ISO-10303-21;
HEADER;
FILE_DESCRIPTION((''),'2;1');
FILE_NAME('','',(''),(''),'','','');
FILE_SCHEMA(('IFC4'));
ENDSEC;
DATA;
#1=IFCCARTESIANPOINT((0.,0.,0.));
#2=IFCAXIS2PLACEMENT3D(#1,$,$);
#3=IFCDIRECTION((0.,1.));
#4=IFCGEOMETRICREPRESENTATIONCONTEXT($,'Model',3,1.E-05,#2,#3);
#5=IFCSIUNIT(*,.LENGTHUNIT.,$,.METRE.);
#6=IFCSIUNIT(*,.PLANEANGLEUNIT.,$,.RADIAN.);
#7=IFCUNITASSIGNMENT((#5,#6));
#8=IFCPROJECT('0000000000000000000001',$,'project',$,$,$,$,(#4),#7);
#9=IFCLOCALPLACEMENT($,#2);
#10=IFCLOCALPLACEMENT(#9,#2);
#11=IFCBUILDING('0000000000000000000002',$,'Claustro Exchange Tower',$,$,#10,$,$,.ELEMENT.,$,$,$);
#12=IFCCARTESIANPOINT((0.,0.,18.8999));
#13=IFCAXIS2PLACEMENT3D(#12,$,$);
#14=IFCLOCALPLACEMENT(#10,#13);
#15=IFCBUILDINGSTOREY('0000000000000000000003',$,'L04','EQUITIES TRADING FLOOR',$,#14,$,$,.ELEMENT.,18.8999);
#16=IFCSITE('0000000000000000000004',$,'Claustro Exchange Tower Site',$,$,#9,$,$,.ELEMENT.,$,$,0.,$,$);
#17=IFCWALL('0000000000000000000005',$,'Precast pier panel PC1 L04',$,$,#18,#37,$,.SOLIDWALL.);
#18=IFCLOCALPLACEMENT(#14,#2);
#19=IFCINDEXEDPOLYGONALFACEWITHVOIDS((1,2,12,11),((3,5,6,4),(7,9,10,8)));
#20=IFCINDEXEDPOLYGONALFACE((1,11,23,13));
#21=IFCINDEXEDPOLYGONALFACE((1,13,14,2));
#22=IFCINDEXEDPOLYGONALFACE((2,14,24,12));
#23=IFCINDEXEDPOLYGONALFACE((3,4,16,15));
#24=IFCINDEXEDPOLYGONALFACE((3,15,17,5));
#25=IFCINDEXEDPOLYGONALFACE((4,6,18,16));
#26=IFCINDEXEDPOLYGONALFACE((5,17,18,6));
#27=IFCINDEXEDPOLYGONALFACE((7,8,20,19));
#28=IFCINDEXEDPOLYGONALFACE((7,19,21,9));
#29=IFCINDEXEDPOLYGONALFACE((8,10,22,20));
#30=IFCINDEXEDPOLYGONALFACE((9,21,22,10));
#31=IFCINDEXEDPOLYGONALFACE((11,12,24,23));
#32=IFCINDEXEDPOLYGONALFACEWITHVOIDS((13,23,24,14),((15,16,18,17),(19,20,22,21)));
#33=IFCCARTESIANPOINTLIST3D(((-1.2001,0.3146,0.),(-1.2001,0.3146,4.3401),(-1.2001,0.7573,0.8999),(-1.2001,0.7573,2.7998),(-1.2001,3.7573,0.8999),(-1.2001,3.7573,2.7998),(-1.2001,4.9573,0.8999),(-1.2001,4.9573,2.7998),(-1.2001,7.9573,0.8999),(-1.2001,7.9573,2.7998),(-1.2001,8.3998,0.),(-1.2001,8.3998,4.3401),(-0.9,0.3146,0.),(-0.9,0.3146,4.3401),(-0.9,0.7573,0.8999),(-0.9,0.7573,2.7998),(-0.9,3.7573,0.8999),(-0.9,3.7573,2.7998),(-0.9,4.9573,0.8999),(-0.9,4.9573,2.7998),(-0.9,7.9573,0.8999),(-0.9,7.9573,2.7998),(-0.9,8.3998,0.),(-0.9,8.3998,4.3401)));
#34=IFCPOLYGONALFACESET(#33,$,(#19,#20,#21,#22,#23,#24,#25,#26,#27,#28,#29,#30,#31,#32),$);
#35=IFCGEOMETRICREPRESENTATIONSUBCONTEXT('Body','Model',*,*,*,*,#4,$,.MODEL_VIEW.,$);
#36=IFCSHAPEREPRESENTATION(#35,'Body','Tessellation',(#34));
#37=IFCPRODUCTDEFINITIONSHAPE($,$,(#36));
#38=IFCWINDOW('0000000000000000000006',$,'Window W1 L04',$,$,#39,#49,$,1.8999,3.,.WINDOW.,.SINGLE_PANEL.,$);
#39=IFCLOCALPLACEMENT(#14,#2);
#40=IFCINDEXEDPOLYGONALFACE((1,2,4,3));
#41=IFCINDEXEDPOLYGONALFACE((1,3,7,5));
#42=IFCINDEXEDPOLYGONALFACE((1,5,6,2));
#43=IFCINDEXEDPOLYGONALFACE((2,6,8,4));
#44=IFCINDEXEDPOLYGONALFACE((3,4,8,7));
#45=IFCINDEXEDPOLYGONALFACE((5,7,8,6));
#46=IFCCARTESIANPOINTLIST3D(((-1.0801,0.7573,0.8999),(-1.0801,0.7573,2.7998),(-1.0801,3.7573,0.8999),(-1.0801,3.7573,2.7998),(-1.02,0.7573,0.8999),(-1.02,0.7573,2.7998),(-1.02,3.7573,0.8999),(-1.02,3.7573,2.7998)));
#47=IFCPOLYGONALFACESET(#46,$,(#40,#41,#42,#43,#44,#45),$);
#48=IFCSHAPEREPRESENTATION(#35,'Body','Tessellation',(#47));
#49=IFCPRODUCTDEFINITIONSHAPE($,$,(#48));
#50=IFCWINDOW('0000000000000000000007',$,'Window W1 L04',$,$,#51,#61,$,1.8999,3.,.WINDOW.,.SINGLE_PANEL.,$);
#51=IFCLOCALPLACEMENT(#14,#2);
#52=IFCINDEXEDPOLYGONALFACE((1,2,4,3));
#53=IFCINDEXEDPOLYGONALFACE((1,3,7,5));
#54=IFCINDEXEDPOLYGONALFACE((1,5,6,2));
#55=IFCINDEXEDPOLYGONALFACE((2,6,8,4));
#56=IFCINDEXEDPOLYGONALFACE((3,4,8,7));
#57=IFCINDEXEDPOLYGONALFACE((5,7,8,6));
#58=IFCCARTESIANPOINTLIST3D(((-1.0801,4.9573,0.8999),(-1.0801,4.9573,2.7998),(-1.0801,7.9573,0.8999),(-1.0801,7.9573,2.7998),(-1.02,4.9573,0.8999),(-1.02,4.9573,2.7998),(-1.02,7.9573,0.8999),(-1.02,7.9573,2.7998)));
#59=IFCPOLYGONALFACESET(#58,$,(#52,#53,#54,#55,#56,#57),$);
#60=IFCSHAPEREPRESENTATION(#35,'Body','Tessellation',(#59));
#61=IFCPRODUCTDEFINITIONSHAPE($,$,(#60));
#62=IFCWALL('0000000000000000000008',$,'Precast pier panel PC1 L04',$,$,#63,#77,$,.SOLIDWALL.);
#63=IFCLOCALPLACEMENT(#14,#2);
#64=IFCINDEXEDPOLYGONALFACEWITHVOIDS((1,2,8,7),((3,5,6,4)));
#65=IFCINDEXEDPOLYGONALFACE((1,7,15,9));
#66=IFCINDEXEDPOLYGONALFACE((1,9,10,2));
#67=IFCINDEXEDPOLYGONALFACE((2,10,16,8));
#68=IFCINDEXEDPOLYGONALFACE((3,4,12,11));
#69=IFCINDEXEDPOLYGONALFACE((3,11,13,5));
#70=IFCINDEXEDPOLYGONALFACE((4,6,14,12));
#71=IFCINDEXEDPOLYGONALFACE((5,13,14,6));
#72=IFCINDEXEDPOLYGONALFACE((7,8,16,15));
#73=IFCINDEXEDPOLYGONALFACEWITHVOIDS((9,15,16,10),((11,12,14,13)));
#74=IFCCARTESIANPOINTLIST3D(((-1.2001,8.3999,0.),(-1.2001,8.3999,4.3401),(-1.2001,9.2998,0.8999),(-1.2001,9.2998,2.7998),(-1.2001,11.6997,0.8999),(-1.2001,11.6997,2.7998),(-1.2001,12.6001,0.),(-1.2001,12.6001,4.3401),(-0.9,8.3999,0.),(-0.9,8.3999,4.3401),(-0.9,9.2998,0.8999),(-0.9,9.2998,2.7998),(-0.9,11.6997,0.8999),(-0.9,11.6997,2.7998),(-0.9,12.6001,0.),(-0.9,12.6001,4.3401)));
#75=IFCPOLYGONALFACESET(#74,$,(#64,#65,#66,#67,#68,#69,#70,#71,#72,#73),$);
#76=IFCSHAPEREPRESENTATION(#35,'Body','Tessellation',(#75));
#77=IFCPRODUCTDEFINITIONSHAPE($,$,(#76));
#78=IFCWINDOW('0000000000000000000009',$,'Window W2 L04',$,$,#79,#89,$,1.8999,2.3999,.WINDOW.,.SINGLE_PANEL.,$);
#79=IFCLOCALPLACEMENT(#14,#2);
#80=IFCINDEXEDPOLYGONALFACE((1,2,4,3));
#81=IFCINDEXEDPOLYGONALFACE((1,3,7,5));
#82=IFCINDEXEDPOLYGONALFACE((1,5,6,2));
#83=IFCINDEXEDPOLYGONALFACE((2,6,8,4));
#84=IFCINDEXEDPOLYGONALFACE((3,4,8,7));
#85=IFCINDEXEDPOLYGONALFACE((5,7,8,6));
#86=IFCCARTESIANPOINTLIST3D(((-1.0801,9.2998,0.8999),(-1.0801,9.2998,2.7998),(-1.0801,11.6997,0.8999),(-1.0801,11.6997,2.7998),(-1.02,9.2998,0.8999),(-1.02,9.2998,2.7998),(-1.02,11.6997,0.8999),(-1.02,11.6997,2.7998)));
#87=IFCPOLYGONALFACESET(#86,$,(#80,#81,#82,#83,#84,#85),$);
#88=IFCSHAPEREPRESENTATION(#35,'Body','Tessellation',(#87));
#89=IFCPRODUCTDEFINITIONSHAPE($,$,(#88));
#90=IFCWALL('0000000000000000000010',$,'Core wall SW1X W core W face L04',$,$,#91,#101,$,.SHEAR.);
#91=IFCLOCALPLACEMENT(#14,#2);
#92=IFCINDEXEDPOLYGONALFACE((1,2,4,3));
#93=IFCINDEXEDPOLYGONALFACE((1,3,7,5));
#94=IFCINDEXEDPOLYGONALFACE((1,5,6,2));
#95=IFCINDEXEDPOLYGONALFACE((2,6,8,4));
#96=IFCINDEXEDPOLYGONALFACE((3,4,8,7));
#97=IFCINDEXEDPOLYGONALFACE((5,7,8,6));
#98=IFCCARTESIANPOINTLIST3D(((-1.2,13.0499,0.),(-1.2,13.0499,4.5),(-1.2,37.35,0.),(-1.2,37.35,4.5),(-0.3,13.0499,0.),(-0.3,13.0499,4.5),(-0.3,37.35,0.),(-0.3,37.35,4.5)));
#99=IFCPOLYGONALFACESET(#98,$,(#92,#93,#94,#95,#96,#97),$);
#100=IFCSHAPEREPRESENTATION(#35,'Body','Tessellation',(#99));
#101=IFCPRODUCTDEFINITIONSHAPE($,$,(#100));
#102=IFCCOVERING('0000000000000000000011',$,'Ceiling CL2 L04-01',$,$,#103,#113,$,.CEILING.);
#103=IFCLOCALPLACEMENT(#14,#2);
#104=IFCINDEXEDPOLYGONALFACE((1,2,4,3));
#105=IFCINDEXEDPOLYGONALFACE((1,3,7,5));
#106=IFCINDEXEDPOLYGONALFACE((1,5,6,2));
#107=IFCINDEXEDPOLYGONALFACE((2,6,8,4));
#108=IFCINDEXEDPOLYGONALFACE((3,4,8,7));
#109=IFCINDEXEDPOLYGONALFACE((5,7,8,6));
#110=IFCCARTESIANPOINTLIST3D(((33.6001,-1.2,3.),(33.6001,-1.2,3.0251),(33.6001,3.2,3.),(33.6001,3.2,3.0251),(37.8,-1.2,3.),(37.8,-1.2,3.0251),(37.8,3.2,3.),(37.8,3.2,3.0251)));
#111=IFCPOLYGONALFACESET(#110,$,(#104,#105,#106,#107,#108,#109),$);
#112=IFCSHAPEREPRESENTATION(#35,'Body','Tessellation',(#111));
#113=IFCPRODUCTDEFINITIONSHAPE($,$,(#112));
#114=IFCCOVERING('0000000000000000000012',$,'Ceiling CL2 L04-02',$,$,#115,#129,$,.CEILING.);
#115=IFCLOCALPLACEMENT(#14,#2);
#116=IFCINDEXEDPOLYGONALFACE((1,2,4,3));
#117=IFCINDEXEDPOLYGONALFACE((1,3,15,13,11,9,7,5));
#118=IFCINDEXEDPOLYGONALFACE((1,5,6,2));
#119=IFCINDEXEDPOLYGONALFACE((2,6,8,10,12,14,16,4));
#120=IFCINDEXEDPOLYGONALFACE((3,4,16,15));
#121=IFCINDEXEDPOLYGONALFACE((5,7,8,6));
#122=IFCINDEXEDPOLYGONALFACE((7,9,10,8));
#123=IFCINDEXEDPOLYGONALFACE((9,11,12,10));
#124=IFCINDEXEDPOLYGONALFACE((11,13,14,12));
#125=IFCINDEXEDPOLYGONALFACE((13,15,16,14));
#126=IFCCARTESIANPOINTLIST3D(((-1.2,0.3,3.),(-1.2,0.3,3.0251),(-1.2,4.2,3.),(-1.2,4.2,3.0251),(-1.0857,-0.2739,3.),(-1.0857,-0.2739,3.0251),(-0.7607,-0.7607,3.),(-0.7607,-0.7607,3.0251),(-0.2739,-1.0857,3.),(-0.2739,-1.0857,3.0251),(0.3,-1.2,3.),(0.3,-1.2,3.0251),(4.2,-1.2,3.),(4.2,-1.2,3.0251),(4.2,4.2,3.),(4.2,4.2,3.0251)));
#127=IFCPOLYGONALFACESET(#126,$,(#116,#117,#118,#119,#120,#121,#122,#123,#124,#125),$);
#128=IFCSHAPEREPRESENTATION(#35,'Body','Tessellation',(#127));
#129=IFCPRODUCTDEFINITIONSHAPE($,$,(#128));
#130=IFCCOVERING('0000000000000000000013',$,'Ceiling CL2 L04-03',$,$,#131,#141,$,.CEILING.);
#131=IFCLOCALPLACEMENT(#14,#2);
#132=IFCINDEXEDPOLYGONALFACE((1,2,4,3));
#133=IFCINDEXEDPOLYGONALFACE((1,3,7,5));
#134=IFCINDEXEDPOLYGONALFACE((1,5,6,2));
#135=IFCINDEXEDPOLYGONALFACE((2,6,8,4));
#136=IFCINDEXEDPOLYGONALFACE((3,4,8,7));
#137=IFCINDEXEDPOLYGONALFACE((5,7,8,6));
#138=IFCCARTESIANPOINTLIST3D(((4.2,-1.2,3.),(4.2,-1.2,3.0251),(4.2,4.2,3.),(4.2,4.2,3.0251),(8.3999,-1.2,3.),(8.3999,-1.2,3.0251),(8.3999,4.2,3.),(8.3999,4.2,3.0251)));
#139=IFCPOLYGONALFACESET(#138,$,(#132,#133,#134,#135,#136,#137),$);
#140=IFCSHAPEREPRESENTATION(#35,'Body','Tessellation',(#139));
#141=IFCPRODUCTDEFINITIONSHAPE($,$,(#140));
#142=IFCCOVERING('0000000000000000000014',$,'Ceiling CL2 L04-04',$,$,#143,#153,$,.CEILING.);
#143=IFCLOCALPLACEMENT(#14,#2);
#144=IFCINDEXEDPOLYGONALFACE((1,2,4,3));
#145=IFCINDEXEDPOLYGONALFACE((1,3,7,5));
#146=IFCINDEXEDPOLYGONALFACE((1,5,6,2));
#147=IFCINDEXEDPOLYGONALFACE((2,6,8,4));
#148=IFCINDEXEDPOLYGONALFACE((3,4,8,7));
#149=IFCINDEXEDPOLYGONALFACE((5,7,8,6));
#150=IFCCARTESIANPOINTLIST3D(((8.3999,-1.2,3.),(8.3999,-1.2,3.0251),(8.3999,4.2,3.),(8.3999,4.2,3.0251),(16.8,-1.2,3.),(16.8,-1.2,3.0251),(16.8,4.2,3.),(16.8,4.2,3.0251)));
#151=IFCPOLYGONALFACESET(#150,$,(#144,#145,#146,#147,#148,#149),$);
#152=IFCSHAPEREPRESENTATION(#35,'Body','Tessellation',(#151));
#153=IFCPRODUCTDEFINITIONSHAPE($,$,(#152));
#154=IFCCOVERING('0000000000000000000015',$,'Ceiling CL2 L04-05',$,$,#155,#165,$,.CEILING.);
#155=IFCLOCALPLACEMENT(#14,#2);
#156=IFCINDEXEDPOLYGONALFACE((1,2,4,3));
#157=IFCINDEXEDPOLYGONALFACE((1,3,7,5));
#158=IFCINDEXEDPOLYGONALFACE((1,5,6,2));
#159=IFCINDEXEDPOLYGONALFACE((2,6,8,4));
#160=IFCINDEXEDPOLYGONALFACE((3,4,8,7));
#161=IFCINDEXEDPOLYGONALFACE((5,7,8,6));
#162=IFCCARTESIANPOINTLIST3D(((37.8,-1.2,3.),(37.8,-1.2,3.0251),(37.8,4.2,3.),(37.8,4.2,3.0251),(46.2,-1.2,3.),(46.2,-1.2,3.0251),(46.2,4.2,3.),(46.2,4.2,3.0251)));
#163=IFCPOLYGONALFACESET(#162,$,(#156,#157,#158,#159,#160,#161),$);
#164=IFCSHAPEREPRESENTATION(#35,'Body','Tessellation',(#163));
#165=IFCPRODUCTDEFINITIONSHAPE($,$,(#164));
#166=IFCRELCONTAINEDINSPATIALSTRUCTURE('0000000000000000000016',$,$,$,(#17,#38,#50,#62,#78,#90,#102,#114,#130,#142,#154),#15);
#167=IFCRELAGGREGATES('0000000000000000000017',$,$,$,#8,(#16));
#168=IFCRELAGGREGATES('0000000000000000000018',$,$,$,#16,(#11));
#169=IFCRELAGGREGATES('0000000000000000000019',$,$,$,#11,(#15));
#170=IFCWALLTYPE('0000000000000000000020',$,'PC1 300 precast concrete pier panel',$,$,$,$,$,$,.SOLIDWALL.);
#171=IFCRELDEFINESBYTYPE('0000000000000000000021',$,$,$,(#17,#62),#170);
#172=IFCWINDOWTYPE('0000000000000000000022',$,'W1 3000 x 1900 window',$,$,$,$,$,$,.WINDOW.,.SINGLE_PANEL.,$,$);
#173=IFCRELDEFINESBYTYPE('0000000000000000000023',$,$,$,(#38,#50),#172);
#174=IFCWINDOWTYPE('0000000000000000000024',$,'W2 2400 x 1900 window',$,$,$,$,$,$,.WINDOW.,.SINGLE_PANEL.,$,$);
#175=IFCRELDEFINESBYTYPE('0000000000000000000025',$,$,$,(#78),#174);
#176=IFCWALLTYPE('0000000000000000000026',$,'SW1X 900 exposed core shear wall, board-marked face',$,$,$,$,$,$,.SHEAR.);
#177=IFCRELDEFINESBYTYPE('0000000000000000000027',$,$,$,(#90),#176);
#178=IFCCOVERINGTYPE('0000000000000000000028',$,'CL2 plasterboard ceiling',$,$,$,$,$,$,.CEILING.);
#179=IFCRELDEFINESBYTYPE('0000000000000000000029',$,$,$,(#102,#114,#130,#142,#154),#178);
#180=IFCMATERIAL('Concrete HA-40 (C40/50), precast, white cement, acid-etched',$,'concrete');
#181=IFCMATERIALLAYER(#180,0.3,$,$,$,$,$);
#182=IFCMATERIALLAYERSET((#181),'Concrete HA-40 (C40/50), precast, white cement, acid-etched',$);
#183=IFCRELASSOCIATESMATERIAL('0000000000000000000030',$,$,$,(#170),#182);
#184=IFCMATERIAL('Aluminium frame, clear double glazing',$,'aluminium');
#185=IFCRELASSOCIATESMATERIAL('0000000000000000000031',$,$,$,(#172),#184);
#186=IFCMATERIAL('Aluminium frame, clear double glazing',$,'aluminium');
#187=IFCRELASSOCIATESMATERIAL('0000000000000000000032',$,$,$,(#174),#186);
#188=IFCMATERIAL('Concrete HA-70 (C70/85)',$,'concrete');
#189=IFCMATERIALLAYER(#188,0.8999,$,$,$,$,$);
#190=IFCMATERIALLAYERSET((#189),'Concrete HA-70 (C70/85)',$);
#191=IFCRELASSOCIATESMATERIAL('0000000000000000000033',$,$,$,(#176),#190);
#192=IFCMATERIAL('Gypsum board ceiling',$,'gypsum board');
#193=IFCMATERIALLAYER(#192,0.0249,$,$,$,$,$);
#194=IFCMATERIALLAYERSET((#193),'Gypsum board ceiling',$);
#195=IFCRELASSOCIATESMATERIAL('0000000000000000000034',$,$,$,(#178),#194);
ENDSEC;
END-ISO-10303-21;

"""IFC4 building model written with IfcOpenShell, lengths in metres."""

from ifc_helpers import new_model, si_unit, direction, frame, frame_2d, origin, place, context, subcontext, project, spatial, polyline, rectangle, outline, extrude, material, layer, layer_set, type_object, element, fill, save


model = new_model("IFC4")

# Units and contexts
model_context = context("Model", 3, precision=1e-05, world=origin(), true_north=direction((0.0, 1.0)))
body_context = subcontext(model_context, "Body", "Model", "MODEL_VIEW")
ifc_project = project(units=[si_unit("LENGTHUNIT", "METRE"), si_unit("PLANEANGLEUNIT", "RADIAN")], contexts=[model_context])

# Site, building, storey
site_placement = place(None, origin())
site = spatial("IfcSite", under=ifc_project, at=site_placement, Name="Claustro Exchange Tower Site", CompositionType="ELEMENT", RefElevation=0.0)
building_placement = place(site_placement, origin())
building = spatial("IfcBuilding", under=site, at=building_placement, Name="Claustro Exchange Tower", CompositionType="ELEMENT")
storey_placement = place(building_placement, frame((0.0, 0.0, 18.8999)))
storey = spatial("IfcBuildingStorey", under=building, at=storey_placement, Name="L04", Description="EQUITIES TRADING FLOOR", CompositionType="ELEMENT", Elevation=18.8999)

# Wall, openings, windows
ifc_material_1 = material(Name="Concrete HA-40 (C40/50), precast, white cement, acid-etched", Category="concrete")
ifc_layer_1 = layer(ifc_material_1, 0.3)
ifc_layer_set_1 = layer_set([ifc_layer_1], Name="Concrete HA-40 (C40/50), precast, white cement, acid-etched")
wall_type_1 = type_object("IfcWallType", Name="PC1 300 precast concrete pier panel", PredefinedType="SOLIDWALL", material=ifc_layer_set_1)
wall_1_placement = place(storey_placement, frame((-1.05, 0.3147, 0.0), z_axis=(0.0, 0.0, 1.0), x_axis=(0.0, 1.0, 0.0)))
wall_1 = element("IfcWall", 1, at=wall_1_placement, inside=storey, type_object=wall_type_1, Name="Precast pier panel PC1 L04", PredefinedType="SOLIDWALL", context=body_context, shape_type="SweptSolid", body=[
    extrude(rectangle(XDim=8.0852, YDim=0.3, at=frame_2d((4.0425, 0.0))), origin(), (0.0, 0.0, 1.0), 4.3401),
])
opening_1_placement = place(wall_1_placement, frame((0.4426, 0.0, 0.8999)))
opening_1 = element("IfcOpeningElement", 2, at=opening_1_placement, cuts=wall_1, PredefinedType="OPENING", context=body_context, shape_type="SweptSolid", body=[
    extrude(rectangle(XDim=3.0, YDim=1.8999, at=frame_2d((1.5, 0.95))), frame((0.0, 0.1599, 0.0), z_axis=(0.0, -1.0, 0.0), x_axis=(1.0, 0.0, 0.0)), (0.0, 0.0, 1.0), 0.3201),
])
opening_2_placement = place(wall_1_placement, frame((4.6426, 0.0, 0.8999)))
opening_2 = element("IfcOpeningElement", 3, at=opening_2_placement, cuts=wall_1, PredefinedType="OPENING", context=body_context, shape_type="SweptSolid", body=[
    extrude(rectangle(XDim=3.0, YDim=1.8999, at=frame_2d((1.5, 0.95))), frame((0.0, 0.1599, 0.0), z_axis=(0.0, -1.0, 0.0), x_axis=(1.0, 0.0, 0.0)), (0.0, 0.0, 1.0), 0.3201),
])
ifc_material_2 = material(Name="Aluminium frame, clear double glazing", Category="aluminium")
window_type_1 = type_object("IfcWindowType", Name="W1 3000 x 1900 window", PartitioningType="SINGLE_PANEL", PredefinedType="WINDOW", material=ifc_material_2)
window_1_placement = place(opening_1_placement, origin())
window_1 = element("IfcWindow", 4, at=window_1_placement, inside=storey, type_object=window_type_1, Name="Window W1 L04", OverallHeight=1.8999, OverallWidth=3.0, PartitioningType="SINGLE_PANEL", PredefinedType="WINDOW", context=body_context, shape_type="SweptSolid", body=[
    extrude(rectangle(XDim=3.0, YDim=1.8999, at=frame_2d((1.5, 0.95))), frame((0.0, 0.03, 0.0), z_axis=(0.0, -1.0, 0.0), x_axis=(1.0, 0.0, 0.0)), (0.0, 0.0, 1.0), 0.0601),
])
fill(opening_1, window_1)
window_2_placement = place(opening_2_placement, origin())
window_2 = element("IfcWindow", 5, at=window_2_placement, inside=storey, type_object=window_type_1, Name="Window W1 L04", OverallHeight=1.8999, OverallWidth=3.0, PartitioningType="SINGLE_PANEL", PredefinedType="WINDOW", context=body_context, shape_type="SweptSolid", body=[
    extrude(rectangle(XDim=3.0, YDim=1.8999, at=frame_2d((1.5, 0.95))), frame((0.0, 0.03, 0.0), z_axis=(0.0, -1.0, 0.0), x_axis=(1.0, 0.0, 0.0)), (0.0, 0.0, 1.0), 0.0601),
])
fill(opening_2, window_2)

# Wall, opening, window
wall_2_placement = place(storey_placement, frame((-1.05, 8.3999, 0.0), z_axis=(0.0, 0.0, 1.0), x_axis=(0.0, 1.0, 0.0)))
wall_2 = element("IfcWall", 6, at=wall_2_placement, inside=storey, type_object=wall_type_1, Name="Precast pier panel PC1 L04", PredefinedType="SOLIDWALL", context=body_context, shape_type="SweptSolid", body=[
    extrude(rectangle(XDim=4.2002, YDim=0.3, at=frame_2d((2.1001, 0.0))), origin(), (0.0, 0.0, 1.0), 4.3401),
])
opening_3_placement = place(wall_2_placement, frame((0.8999, 0.0, 0.8999)))
opening_3 = element("IfcOpeningElement", 7, at=opening_3_placement, cuts=wall_2, PredefinedType="OPENING", context=body_context, shape_type="SweptSolid", body=[
    extrude(rectangle(XDim=2.3999, YDim=1.8999, at=frame_2d((1.2, 0.95))), frame((0.0, 0.1599, 0.0), z_axis=(0.0, -1.0, 0.0), x_axis=(1.0, 0.0, 0.0)), (0.0, 0.0, 1.0), 0.3201),
])
ifc_material_3 = material(Name="Aluminium frame, clear double glazing", Category="aluminium")
window_type_2 = type_object("IfcWindowType", Name="W2 2400 x 1900 window", PartitioningType="SINGLE_PANEL", PredefinedType="WINDOW", material=ifc_material_3)
window_3_placement = place(opening_3_placement, origin())
window_3 = element("IfcWindow", 8, at=window_3_placement, inside=storey, type_object=window_type_2, Name="Window W2 L04", OverallHeight=1.8999, OverallWidth=2.3999, PartitioningType="SINGLE_PANEL", PredefinedType="WINDOW", context=body_context, shape_type="SweptSolid", body=[
    extrude(rectangle(XDim=2.3999, YDim=1.8999, at=frame_2d((1.2, 0.95))), frame((0.0, 0.03, 0.0), z_axis=(0.0, -1.0, 0.0), x_axis=(1.0, 0.0, 0.0)), (0.0, 0.0, 1.0), 0.0601),
])
fill(opening_3, window_3)

# Wall
ifc_material_4 = material(Name="Concrete HA-70 (C70/85)", Category="concrete")
ifc_layer_2 = layer(ifc_material_4, 0.8999)
ifc_layer_set_2 = layer_set([ifc_layer_2], Name="Concrete HA-70 (C70/85)")
wall_type_2 = type_object("IfcWallType", Name="SW1X 900 exposed core shear wall, board-marked face", PredefinedType="SHEAR", material=ifc_layer_set_2)
wall_3_placement = place(storey_placement, frame((-0.75, 13.05, 0.0), z_axis=(0.0, 0.0, 1.0), x_axis=(0.0, 1.0, 0.0)))
element("IfcWall", 9, at=wall_3_placement, inside=storey, type_object=wall_type_2, Name="Core wall SW1X W core W face L04", PredefinedType="SHEAR", context=body_context, shape_type="SweptSolid", body=[
    extrude(rectangle(XDim=24.3, YDim=0.8999, at=frame_2d((12.1499, 0.0))), origin(), (0.0, 0.0, 1.0), 4.5),
])

# Coverings
ifc_material_5 = material(Name="Gypsum board ceiling", Category="gypsum board")
ifc_layer_3 = layer(ifc_material_5, 0.0249)
ifc_layer_set_3 = layer_set([ifc_layer_3], Name="Gypsum board ceiling")
covering_type_1 = type_object("IfcCoveringType", Name="CL2 plasterboard ceiling", PredefinedType="CEILING", material=ifc_layer_set_3)
covering_1_placement = place(storey_placement, frame((0.0, 0.0, 3.0)))
element("IfcCovering", 10, at=covering_1_placement, inside=storey, type_object=covering_type_1, Name="Ceiling CL2 L04-01", PredefinedType="CEILING", context=body_context, shape_type="SweptSolid", body=[
    extrude(outline(polyline([(33.6001, -1.2), (37.8, -1.2), (37.8, 3.2), (33.6001, 3.2), (33.6001, -1.2)])), origin(), (0.0, 0.0, 1.0), 0.0251),
])
covering_2_placement = place(storey_placement, frame((0.0, 0.0, 3.0)))
element("IfcCovering", 11, at=covering_2_placement, inside=storey, type_object=covering_type_1, Name="Ceiling CL2 L04-02", PredefinedType="CEILING", context=body_context, shape_type="SweptSolid", body=[
    extrude(outline(polyline([(-1.0857, -0.2739), (-0.7607, -0.7607), (-0.2739, -1.0857), (0.3, -1.2), (4.2, -1.2), (4.2, 4.2), (-1.2, 4.2), (-1.2, 0.3), (-1.0857, -0.2739)])), origin(), (0.0, 0.0, 1.0), 0.0251),
])
covering_3_placement = place(storey_placement, frame((0.0, 0.0, 3.0)))
element("IfcCovering", 12, at=covering_3_placement, inside=storey, type_object=covering_type_1, Name="Ceiling CL2 L04-03", PredefinedType="CEILING", context=body_context, shape_type="SweptSolid", body=[
    extrude(outline(polyline([(4.2, -1.2), (8.3999, -1.2), (8.3999, 4.2), (4.2, 4.2), (4.2, -1.2)])), origin(), (0.0, 0.0, 1.0), 0.0251),
])
covering_4_placement = place(storey_placement, frame((0.0, 0.0, 3.0)))
element("IfcCovering", 13, at=covering_4_placement, inside=storey, type_object=covering_type_1, Name="Ceiling CL2 L04-04", PredefinedType="CEILING", context=body_context, shape_type="SweptSolid", body=[
    extrude(outline(polyline([(8.3999, -1.2), (16.8, -1.2), (16.8, 4.2), (8.3999, 4.2), (8.3999, -1.2)])), origin(), (0.0, 0.0, 1.0), 0.0251),
])
covering_5_placement = place(storey_placement, frame((0.0, 0.0, 3.0)))
element("IfcCovering", 14, at=covering_5_placement, inside=storey, type_object=covering_type_1, Name="Ceiling CL2 L04-05", PredefinedType="CEILING", context=body_context, shape_type="SweptSolid", body=[
    extrude(outline(polyline([(37.8, -1.2), (46.2, -1.2), (46.2, 4.2), (37.8, 4.2), (37.8, -1.2)])), origin(), (0.0, 0.0, 1.0), 0.0251),
])

save(model, "model.ifc")
